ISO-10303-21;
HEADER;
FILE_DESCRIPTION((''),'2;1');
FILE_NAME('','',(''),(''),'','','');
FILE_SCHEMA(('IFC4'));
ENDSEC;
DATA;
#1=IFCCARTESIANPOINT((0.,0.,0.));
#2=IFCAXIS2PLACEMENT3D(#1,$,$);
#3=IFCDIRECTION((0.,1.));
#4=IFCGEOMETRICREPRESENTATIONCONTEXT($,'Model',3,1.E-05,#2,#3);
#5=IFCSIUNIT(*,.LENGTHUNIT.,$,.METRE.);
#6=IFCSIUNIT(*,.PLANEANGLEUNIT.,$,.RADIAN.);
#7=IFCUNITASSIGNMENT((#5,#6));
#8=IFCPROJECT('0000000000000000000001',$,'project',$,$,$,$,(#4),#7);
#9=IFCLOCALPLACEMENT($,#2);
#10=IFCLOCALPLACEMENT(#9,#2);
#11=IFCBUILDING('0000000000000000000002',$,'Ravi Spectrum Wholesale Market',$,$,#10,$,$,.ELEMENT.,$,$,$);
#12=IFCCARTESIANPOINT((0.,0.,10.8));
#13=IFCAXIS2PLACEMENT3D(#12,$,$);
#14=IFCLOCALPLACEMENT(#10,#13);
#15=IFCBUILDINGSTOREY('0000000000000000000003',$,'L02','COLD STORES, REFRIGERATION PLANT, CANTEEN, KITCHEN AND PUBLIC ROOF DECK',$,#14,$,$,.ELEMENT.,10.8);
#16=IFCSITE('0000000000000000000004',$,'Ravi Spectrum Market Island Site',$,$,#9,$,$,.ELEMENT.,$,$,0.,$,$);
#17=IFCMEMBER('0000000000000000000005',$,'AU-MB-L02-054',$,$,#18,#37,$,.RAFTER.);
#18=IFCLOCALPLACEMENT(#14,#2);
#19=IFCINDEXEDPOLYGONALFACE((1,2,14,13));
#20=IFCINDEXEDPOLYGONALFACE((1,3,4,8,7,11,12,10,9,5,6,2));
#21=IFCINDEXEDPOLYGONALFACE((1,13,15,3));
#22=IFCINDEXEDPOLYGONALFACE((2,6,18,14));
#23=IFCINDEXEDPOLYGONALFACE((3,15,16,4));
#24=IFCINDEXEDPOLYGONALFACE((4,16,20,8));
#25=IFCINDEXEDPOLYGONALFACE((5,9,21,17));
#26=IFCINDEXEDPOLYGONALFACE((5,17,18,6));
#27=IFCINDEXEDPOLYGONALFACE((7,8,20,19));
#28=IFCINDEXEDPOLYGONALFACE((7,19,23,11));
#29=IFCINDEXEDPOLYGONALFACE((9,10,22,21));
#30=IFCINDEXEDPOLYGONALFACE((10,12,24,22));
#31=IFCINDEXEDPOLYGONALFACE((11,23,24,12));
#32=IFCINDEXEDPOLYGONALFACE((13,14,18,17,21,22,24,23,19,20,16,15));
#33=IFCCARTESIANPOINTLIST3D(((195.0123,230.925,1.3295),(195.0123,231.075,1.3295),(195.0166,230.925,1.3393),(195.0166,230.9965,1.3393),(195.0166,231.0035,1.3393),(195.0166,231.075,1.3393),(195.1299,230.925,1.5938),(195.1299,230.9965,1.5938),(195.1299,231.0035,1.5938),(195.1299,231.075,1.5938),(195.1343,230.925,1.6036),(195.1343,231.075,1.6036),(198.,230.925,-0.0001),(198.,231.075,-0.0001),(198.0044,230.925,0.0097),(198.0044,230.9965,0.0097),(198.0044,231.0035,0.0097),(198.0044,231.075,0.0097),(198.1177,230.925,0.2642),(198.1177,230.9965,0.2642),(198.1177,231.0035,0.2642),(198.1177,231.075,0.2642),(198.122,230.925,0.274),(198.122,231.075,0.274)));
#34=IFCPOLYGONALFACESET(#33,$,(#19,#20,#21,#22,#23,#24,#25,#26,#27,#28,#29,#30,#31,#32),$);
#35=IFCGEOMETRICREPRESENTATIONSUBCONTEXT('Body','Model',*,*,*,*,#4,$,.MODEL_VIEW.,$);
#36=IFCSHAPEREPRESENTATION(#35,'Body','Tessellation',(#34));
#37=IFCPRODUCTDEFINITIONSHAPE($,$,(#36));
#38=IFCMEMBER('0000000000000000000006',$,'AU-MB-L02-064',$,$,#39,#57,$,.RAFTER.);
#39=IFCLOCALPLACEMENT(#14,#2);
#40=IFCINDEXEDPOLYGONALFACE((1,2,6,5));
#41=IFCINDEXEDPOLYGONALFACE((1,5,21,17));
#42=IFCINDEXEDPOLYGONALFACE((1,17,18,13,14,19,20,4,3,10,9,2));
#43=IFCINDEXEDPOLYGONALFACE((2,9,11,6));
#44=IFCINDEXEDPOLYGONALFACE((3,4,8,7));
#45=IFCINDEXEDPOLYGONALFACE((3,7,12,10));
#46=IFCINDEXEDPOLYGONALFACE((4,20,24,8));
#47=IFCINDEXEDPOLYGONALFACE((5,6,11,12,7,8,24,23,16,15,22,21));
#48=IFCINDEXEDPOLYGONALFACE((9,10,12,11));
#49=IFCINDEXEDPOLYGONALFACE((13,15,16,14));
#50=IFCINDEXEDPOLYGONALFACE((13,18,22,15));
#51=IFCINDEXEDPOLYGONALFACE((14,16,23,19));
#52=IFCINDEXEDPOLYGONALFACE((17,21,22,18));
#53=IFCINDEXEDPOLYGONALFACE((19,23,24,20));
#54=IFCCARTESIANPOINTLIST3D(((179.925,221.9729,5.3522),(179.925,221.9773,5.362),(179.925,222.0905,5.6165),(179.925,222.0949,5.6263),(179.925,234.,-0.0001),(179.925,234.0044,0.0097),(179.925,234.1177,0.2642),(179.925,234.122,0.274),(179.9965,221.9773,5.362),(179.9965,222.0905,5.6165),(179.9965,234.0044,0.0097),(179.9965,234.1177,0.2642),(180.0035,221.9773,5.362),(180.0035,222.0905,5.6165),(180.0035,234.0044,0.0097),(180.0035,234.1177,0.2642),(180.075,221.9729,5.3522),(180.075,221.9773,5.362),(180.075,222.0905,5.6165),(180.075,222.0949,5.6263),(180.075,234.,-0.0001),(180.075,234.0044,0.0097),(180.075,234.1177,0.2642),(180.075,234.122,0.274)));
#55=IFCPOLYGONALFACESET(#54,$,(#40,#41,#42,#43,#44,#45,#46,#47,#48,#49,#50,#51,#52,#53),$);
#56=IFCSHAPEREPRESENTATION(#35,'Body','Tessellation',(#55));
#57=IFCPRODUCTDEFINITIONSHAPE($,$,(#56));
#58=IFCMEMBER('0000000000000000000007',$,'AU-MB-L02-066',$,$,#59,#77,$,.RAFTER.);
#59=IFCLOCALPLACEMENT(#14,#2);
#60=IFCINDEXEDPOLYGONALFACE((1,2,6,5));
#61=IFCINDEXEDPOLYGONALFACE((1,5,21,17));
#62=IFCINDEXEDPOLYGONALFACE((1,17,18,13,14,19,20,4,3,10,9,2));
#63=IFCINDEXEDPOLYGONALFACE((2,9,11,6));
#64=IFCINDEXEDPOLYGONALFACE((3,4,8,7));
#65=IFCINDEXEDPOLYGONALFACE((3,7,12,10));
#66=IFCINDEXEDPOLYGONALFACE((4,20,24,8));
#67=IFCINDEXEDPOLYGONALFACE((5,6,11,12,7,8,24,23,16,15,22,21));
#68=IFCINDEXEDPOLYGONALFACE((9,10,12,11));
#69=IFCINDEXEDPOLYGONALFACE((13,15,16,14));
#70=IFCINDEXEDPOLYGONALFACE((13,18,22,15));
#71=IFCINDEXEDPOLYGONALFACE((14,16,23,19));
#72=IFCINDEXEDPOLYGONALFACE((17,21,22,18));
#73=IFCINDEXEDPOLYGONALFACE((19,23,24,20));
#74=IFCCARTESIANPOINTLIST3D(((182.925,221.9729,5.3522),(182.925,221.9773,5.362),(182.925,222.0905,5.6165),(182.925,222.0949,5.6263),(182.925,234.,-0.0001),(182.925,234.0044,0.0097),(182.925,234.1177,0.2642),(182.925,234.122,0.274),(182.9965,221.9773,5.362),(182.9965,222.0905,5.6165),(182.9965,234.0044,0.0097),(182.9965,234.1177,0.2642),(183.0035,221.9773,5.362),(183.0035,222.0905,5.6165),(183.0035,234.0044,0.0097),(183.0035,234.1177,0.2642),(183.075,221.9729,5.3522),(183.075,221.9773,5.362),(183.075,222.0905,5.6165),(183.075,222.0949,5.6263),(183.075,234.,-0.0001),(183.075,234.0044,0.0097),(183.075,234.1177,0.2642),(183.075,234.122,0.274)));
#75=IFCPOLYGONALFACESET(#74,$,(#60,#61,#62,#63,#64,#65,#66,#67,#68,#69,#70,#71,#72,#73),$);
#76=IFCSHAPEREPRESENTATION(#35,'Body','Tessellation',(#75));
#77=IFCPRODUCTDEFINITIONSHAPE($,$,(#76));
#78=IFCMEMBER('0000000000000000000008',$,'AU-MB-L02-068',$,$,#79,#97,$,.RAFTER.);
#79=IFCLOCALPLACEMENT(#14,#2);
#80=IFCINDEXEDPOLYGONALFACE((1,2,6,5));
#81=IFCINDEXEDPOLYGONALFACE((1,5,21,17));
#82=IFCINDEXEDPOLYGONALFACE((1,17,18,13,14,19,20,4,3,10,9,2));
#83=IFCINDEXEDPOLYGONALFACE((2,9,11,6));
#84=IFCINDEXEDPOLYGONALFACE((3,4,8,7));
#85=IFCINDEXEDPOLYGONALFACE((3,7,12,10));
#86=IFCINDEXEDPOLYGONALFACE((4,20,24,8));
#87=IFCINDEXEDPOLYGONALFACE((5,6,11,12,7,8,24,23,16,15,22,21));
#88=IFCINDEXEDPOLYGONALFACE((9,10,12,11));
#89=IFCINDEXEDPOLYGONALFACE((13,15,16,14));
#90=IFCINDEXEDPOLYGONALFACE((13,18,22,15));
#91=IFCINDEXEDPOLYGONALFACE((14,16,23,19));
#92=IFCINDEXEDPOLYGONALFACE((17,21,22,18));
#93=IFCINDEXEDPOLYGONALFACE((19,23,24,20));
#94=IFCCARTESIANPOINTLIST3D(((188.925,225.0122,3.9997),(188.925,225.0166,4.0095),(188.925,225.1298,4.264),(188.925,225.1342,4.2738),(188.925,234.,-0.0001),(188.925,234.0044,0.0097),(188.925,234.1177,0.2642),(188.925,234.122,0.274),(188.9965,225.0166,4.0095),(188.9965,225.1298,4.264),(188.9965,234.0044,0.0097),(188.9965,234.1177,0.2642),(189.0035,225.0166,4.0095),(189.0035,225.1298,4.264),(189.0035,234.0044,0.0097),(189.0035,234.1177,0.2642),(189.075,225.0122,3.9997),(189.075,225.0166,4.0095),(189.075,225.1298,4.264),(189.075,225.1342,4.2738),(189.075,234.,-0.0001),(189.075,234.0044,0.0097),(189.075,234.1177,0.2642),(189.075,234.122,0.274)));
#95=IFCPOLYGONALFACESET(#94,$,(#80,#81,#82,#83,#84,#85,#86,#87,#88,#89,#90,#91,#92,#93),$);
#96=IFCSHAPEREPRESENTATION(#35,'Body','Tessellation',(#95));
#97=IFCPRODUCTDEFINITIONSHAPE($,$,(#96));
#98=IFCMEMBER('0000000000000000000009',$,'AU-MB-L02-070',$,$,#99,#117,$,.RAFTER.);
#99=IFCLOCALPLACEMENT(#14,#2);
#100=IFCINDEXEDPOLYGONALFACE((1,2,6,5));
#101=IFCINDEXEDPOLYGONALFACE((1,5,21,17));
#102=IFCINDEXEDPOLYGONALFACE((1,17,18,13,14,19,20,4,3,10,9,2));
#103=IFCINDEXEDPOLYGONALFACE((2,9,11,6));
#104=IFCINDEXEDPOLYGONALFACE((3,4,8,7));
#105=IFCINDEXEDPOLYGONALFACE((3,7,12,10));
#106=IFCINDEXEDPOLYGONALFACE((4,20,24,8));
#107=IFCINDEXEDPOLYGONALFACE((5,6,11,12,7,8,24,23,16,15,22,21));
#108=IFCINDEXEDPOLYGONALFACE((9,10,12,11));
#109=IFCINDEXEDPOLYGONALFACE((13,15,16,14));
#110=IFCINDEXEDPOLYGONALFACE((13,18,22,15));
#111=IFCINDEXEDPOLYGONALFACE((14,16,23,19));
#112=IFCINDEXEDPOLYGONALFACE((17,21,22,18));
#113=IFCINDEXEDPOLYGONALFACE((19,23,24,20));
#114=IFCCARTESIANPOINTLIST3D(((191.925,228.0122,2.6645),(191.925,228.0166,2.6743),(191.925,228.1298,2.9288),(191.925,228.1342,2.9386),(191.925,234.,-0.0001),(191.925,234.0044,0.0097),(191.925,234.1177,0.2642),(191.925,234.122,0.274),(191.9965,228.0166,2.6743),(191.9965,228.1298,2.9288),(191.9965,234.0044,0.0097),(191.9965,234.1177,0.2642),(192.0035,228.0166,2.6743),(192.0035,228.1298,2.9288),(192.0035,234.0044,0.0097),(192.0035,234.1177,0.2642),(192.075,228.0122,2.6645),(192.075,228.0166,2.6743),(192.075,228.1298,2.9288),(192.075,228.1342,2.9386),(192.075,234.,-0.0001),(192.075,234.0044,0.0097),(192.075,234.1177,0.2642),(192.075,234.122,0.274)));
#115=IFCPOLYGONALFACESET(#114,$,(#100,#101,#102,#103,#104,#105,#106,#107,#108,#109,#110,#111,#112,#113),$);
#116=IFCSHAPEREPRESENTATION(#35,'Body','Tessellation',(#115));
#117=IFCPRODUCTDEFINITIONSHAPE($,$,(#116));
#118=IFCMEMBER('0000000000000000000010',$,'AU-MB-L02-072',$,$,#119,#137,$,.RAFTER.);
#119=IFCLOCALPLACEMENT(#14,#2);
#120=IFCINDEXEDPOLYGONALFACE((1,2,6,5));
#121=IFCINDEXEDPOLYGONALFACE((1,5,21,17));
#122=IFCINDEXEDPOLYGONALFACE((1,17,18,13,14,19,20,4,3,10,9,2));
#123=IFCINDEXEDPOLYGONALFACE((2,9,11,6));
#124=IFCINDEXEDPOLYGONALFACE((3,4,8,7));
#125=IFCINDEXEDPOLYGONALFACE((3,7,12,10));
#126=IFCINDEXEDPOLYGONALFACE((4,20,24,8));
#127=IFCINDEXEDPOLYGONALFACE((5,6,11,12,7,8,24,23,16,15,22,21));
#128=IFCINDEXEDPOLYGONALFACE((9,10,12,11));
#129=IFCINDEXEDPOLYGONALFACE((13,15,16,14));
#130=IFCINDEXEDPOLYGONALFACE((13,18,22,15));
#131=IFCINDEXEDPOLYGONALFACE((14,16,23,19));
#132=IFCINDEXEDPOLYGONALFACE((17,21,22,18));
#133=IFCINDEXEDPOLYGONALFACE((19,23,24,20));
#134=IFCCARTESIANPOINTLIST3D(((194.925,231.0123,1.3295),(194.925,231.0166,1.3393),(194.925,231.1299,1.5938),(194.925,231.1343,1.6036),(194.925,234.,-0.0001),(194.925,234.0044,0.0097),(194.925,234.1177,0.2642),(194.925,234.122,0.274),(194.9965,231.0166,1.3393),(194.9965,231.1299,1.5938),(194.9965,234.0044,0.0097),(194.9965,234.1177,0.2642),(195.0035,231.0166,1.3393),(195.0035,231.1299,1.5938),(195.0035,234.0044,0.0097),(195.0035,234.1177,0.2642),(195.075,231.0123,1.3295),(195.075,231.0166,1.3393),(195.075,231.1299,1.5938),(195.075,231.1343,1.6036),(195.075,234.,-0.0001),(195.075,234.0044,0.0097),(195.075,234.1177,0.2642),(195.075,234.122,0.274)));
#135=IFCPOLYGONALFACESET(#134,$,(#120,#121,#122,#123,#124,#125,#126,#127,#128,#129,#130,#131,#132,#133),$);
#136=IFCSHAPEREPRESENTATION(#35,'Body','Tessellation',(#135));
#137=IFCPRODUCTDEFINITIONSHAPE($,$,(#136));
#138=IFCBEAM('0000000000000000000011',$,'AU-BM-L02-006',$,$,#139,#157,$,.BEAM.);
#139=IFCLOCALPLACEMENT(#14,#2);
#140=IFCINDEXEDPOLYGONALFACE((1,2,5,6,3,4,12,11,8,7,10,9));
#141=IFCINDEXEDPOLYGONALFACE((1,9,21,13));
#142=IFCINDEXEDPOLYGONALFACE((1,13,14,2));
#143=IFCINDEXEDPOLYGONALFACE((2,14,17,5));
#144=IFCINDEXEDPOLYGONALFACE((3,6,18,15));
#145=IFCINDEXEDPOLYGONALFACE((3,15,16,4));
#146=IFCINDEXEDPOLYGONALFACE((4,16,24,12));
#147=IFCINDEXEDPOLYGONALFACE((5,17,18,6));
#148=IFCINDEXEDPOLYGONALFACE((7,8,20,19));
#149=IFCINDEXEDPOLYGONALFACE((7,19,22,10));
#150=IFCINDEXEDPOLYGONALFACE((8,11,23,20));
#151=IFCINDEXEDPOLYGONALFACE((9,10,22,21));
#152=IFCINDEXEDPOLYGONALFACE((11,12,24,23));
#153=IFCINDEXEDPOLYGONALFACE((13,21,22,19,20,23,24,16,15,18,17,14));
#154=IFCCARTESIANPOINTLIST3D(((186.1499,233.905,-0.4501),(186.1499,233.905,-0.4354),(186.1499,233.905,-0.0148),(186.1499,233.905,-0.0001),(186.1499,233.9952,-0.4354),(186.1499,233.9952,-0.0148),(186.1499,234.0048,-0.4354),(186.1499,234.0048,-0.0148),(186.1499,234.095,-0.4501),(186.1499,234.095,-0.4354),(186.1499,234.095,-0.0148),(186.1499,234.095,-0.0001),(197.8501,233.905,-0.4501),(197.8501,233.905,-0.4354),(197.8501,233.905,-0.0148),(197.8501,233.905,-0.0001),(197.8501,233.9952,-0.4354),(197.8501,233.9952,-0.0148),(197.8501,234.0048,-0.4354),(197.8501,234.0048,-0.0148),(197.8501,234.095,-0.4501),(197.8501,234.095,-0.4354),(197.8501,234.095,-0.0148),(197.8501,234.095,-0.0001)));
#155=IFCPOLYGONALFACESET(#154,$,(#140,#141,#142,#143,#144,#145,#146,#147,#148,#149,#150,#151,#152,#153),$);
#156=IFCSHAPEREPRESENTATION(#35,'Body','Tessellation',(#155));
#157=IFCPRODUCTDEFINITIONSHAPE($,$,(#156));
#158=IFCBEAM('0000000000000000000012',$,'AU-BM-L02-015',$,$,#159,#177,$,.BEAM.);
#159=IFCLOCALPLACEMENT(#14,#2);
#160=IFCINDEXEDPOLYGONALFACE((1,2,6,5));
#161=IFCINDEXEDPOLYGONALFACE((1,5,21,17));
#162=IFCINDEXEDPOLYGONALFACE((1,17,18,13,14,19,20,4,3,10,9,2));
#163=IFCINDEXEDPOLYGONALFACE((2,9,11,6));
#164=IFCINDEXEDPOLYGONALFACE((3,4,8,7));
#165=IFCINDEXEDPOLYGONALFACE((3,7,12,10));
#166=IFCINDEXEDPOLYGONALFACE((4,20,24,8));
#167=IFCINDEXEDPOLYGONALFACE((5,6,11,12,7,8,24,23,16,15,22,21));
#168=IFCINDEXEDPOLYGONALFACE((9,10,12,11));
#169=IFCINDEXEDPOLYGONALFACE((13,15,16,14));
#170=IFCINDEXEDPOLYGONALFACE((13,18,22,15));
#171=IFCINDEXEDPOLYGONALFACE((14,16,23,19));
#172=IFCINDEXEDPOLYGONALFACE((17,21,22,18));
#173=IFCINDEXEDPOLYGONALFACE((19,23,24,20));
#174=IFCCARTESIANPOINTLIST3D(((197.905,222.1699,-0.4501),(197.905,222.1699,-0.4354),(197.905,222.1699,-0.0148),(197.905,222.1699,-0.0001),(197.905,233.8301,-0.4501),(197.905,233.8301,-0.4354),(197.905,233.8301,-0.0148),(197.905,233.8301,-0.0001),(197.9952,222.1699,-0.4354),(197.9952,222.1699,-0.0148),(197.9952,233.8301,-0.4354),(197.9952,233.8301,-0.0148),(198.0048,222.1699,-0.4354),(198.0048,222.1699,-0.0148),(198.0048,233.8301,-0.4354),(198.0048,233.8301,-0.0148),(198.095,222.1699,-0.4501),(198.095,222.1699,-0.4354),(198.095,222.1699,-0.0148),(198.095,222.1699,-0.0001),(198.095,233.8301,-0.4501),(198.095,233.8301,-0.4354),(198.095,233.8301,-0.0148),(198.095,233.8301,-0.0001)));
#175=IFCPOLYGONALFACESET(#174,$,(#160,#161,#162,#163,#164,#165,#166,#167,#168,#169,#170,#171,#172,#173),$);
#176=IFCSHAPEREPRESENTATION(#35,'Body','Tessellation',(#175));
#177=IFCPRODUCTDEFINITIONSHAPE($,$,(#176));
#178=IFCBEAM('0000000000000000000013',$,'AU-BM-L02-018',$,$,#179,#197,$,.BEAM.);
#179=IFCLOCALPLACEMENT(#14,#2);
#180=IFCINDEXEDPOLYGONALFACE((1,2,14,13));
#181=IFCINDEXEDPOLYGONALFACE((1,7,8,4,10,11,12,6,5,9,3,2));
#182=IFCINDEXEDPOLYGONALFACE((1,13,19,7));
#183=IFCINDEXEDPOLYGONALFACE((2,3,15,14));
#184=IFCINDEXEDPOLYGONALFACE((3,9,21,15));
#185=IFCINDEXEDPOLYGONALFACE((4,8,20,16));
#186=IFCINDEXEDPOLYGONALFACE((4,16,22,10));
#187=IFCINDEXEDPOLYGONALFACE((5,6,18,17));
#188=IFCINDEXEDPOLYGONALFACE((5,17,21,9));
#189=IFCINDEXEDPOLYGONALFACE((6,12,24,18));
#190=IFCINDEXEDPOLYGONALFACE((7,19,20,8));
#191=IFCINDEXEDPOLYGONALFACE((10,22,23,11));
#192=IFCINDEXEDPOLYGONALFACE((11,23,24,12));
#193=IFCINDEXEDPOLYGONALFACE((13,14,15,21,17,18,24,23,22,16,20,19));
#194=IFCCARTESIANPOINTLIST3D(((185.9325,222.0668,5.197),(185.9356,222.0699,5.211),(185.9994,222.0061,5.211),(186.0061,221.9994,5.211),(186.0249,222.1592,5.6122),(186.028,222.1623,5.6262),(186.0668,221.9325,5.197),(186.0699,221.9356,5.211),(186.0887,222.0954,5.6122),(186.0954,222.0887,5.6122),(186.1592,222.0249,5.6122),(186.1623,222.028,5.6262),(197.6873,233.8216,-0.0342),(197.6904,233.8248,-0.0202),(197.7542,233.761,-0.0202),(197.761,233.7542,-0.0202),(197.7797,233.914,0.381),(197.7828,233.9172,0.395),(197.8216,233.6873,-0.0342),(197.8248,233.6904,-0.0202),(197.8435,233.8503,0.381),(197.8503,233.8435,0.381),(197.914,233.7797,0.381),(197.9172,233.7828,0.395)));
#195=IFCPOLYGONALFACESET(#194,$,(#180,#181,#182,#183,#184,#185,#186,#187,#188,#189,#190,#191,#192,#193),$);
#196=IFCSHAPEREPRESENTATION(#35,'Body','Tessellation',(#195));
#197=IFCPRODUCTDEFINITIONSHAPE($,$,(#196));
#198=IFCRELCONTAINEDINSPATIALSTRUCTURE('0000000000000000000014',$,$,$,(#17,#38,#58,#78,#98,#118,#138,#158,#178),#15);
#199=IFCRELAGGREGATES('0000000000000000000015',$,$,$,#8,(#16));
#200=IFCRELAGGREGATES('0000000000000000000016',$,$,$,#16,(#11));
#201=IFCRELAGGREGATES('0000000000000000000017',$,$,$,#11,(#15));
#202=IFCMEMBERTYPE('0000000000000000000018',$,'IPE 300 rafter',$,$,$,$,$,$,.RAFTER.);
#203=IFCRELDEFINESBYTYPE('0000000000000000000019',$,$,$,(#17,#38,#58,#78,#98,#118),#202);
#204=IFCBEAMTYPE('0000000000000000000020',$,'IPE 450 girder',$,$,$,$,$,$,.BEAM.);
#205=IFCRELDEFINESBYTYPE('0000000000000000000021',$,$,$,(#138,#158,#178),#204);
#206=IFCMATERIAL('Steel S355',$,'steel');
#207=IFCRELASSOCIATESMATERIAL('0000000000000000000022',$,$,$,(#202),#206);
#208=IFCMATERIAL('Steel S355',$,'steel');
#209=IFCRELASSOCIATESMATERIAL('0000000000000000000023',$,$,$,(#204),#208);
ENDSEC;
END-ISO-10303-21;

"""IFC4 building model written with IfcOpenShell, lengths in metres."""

from ifc_helpers import new_model, si_unit, direction, frame, origin, origin_2d, place, context, subcontext, project, spatial, i_section, extrude, material, material_profile, profile_set, type_object, element, save


model = new_model("IFC4")

# Units and contexts
model_context = context("Model", 3, precision=1e-05, world=origin(), true_north=direction((0.0, 1.0)))
body_context = subcontext(model_context, "Body", "Model", "MODEL_VIEW")
ifc_project = project(units=[si_unit("LENGTHUNIT", "METRE"), si_unit("PLANEANGLEUNIT", "RADIAN")], contexts=[model_context])

# Site, building, storey
site_placement = place(None, origin())
site = spatial("IfcSite", under=ifc_project, at=site_placement, Name="Ravi Spectrum Market Island Site", CompositionType="ELEMENT", RefElevation=0.0)
building_placement = place(site_placement, origin())
building = spatial("IfcBuilding", under=site, at=building_placement, Name="Ravi Spectrum Wholesale Market", CompositionType="ELEMENT")
storey_placement = place(building_placement, frame((0.0, 0.0, 10.8)))
storey = spatial("IfcBuildingStorey", under=building, at=storey_placement, Name="L02", Description="COLD STORES, REFRIGERATION PLANT, CANTEEN, KITCHEN AND PUBLIC ROOF DECK", CompositionType="ELEMENT", Elevation=10.8)

# Members
ifc_material_1 = material(Name="Steel S355", Category="steel")
ifc_material_profile_1 = material_profile(ifc_material_1, i_section(OverallWidth=0.1499, OverallDepth=0.3, WebThickness=0.0071, FlangeThickness=0.0107, at=origin_2d()))
ifc_profile_set_1 = profile_set([ifc_material_profile_1], Name="Steel S355")
member_type_1 = type_object("IfcMemberType", Name="IPE 300 rafter", PredefinedType="RAFTER", material=ifc_profile_set_1)
member_1_placement = place(storey_placement, frame((198.061, 231.0, 0.137), z_axis=(-0.913621, 0.0, 0.406568), x_axis=(0.0, -1.0, 0.0)))
element("IfcMember", 1, at=member_1_placement, inside=storey, type_object=member_type_1, Name="AU-MB-L02-054", PredefinedType="RAFTER", context=body_context, shape_type="SweptSolid", body=[
    extrude(i_section(OverallWidth=0.1499, OverallDepth=0.3, WebThickness=0.0071, FlangeThickness=0.0107, at=origin_2d()), origin(), (0.0, 0.0, 1.0), 3.2703),
])
for number, where, z_axis, x_axis, name in (
    (2, (180.0, 234.061, 0.137), (0.0, -0.913616, 0.406577), (1.0, 0.0, 0.0), "AU-MB-L02-064"),
    (3, (183.0, 234.061, 0.137), (0.0, -0.913616, 0.406577), (1.0, 0.0, 0.0), "AU-MB-L02-066"),
):
    element("IfcMember", number, at=place(storey_placement, frame(where, z_axis=z_axis, x_axis=x_axis)), inside=storey, type_object=member_type_1, Name=name, PredefinedType="RAFTER", context=body_context, shape_type="SweptSolid", body=[
        extrude(i_section(OverallWidth=0.1499, OverallDepth=0.3, WebThickness=0.0071, FlangeThickness=0.0107, at=origin_2d()), origin(), (0.0, 0.0, 1.0), 13.1643),
    ])
member_2_placement = place(storey_placement, frame((189.0, 234.061, 0.137), z_axis=(0.0, -0.913616, 0.406578), x_axis=(1.0, 0.0, 0.0)))
element("IfcMember", 4, at=member_2_placement, inside=storey, type_object=member_type_1, Name="AU-MB-L02-068", PredefinedType="RAFTER", context=body_context, shape_type="SweptSolid", body=[
    extrude(i_section(OverallWidth=0.1499, OverallDepth=0.3, WebThickness=0.0071, FlangeThickness=0.0107, at=origin_2d()), origin(), (0.0, 0.0, 1.0), 9.8376),
])
member_3_placement = place(storey_placement, frame((192.0, 234.061, 0.137), z_axis=(0.0, -0.913624, 0.40656), x_axis=(1.0, 0.0, 0.0)))
element("IfcMember", 5, at=member_3_placement, inside=storey, type_object=member_type_1, Name="AU-MB-L02-070", PredefinedType="RAFTER", context=body_context, shape_type="SweptSolid", body=[
    extrude(i_section(OverallWidth=0.1499, OverallDepth=0.3, WebThickness=0.0071, FlangeThickness=0.0107, at=origin_2d()), origin(), (0.0, 0.0, 1.0), 6.554),
])
member_4_placement = place(storey_placement, frame((195.0, 234.061, 0.137), z_axis=(0.0, -0.913621, 0.406568), x_axis=(1.0, 0.0, 0.0)))
element("IfcMember", 6, at=member_4_placement, inside=storey, type_object=member_type_1, Name="AU-MB-L02-072", PredefinedType="RAFTER", context=body_context, shape_type="SweptSolid", body=[
    extrude(i_section(OverallWidth=0.1499, OverallDepth=0.3, WebThickness=0.0071, FlangeThickness=0.0107, at=origin_2d()), origin(), (0.0, 0.0, 1.0), 3.2703),
])

# Beams
ifc_material_2 = material(Name="Steel S355", Category="steel")
ifc_material_profile_2 = material_profile(ifc_material_2, i_section(OverallWidth=0.1899, OverallDepth=0.45, WebThickness=0.0095, FlangeThickness=0.0146, at=origin_2d()))
ifc_profile_set_2 = profile_set([ifc_material_profile_2], Name="Steel S355")
beam_type = type_object("IfcBeamType", Name="IPE 450 girder", PredefinedType="BEAM", material=ifc_profile_set_2)
beam_1_placement = place(storey_placement, frame((186.1499, 234.0, -0.2251), z_axis=(1.0, 0.0, 0.0), x_axis=(0.0, 1.0, 0.0)))
element("IfcBeam", 7, at=beam_1_placement, inside=storey, type_object=beam_type, Name="AU-BM-L02-006", PredefinedType="BEAM", context=body_context, shape_type="SweptSolid", body=[
    extrude(i_section(OverallWidth=0.1899, OverallDepth=0.45, WebThickness=0.0095, FlangeThickness=0.0146, at=origin_2d()), origin(), (0.0, 0.0, 1.0), 11.7002),
])
beam_2_placement = place(storey_placement, frame((198.0, 222.1699, -0.2251), z_axis=(0.0, 1.0, 0.0), x_axis=(-1.0, 0.0, 0.0)))
element("IfcBeam", 8, at=beam_2_placement, inside=storey, type_object=beam_type, Name="AU-BM-L02-015", PredefinedType="BEAM", context=body_context, shape_type="SweptSolid", body=[
    extrude(i_section(OverallWidth=0.1899, OverallDepth=0.45, WebThickness=0.0095, FlangeThickness=0.0146, at=origin_2d()), origin(), (0.0, 0.0, 1.0), 11.6602),
])
beam_3_placement = place(storey_placement, frame((197.8022, 233.8022, 0.1804), z_axis=(-0.674499, -0.674499, 0.300168), x_axis=(0.707107, -0.707107, 0.0)))
element("IfcBeam", 9, at=beam_3_placement, inside=storey, type_object=beam_type, Name="AU-BM-L02-018", PredefinedType="BEAM", context=body_context, shape_type="SweptSolid", body=[
    extrude(i_section(OverallWidth=0.1899, OverallDepth=0.45, WebThickness=0.0095, FlangeThickness=0.0146, at=origin_2d()), origin(), (0.0, 0.0, 1.0), 17.4275),
])

save(model, "model.ifc")
